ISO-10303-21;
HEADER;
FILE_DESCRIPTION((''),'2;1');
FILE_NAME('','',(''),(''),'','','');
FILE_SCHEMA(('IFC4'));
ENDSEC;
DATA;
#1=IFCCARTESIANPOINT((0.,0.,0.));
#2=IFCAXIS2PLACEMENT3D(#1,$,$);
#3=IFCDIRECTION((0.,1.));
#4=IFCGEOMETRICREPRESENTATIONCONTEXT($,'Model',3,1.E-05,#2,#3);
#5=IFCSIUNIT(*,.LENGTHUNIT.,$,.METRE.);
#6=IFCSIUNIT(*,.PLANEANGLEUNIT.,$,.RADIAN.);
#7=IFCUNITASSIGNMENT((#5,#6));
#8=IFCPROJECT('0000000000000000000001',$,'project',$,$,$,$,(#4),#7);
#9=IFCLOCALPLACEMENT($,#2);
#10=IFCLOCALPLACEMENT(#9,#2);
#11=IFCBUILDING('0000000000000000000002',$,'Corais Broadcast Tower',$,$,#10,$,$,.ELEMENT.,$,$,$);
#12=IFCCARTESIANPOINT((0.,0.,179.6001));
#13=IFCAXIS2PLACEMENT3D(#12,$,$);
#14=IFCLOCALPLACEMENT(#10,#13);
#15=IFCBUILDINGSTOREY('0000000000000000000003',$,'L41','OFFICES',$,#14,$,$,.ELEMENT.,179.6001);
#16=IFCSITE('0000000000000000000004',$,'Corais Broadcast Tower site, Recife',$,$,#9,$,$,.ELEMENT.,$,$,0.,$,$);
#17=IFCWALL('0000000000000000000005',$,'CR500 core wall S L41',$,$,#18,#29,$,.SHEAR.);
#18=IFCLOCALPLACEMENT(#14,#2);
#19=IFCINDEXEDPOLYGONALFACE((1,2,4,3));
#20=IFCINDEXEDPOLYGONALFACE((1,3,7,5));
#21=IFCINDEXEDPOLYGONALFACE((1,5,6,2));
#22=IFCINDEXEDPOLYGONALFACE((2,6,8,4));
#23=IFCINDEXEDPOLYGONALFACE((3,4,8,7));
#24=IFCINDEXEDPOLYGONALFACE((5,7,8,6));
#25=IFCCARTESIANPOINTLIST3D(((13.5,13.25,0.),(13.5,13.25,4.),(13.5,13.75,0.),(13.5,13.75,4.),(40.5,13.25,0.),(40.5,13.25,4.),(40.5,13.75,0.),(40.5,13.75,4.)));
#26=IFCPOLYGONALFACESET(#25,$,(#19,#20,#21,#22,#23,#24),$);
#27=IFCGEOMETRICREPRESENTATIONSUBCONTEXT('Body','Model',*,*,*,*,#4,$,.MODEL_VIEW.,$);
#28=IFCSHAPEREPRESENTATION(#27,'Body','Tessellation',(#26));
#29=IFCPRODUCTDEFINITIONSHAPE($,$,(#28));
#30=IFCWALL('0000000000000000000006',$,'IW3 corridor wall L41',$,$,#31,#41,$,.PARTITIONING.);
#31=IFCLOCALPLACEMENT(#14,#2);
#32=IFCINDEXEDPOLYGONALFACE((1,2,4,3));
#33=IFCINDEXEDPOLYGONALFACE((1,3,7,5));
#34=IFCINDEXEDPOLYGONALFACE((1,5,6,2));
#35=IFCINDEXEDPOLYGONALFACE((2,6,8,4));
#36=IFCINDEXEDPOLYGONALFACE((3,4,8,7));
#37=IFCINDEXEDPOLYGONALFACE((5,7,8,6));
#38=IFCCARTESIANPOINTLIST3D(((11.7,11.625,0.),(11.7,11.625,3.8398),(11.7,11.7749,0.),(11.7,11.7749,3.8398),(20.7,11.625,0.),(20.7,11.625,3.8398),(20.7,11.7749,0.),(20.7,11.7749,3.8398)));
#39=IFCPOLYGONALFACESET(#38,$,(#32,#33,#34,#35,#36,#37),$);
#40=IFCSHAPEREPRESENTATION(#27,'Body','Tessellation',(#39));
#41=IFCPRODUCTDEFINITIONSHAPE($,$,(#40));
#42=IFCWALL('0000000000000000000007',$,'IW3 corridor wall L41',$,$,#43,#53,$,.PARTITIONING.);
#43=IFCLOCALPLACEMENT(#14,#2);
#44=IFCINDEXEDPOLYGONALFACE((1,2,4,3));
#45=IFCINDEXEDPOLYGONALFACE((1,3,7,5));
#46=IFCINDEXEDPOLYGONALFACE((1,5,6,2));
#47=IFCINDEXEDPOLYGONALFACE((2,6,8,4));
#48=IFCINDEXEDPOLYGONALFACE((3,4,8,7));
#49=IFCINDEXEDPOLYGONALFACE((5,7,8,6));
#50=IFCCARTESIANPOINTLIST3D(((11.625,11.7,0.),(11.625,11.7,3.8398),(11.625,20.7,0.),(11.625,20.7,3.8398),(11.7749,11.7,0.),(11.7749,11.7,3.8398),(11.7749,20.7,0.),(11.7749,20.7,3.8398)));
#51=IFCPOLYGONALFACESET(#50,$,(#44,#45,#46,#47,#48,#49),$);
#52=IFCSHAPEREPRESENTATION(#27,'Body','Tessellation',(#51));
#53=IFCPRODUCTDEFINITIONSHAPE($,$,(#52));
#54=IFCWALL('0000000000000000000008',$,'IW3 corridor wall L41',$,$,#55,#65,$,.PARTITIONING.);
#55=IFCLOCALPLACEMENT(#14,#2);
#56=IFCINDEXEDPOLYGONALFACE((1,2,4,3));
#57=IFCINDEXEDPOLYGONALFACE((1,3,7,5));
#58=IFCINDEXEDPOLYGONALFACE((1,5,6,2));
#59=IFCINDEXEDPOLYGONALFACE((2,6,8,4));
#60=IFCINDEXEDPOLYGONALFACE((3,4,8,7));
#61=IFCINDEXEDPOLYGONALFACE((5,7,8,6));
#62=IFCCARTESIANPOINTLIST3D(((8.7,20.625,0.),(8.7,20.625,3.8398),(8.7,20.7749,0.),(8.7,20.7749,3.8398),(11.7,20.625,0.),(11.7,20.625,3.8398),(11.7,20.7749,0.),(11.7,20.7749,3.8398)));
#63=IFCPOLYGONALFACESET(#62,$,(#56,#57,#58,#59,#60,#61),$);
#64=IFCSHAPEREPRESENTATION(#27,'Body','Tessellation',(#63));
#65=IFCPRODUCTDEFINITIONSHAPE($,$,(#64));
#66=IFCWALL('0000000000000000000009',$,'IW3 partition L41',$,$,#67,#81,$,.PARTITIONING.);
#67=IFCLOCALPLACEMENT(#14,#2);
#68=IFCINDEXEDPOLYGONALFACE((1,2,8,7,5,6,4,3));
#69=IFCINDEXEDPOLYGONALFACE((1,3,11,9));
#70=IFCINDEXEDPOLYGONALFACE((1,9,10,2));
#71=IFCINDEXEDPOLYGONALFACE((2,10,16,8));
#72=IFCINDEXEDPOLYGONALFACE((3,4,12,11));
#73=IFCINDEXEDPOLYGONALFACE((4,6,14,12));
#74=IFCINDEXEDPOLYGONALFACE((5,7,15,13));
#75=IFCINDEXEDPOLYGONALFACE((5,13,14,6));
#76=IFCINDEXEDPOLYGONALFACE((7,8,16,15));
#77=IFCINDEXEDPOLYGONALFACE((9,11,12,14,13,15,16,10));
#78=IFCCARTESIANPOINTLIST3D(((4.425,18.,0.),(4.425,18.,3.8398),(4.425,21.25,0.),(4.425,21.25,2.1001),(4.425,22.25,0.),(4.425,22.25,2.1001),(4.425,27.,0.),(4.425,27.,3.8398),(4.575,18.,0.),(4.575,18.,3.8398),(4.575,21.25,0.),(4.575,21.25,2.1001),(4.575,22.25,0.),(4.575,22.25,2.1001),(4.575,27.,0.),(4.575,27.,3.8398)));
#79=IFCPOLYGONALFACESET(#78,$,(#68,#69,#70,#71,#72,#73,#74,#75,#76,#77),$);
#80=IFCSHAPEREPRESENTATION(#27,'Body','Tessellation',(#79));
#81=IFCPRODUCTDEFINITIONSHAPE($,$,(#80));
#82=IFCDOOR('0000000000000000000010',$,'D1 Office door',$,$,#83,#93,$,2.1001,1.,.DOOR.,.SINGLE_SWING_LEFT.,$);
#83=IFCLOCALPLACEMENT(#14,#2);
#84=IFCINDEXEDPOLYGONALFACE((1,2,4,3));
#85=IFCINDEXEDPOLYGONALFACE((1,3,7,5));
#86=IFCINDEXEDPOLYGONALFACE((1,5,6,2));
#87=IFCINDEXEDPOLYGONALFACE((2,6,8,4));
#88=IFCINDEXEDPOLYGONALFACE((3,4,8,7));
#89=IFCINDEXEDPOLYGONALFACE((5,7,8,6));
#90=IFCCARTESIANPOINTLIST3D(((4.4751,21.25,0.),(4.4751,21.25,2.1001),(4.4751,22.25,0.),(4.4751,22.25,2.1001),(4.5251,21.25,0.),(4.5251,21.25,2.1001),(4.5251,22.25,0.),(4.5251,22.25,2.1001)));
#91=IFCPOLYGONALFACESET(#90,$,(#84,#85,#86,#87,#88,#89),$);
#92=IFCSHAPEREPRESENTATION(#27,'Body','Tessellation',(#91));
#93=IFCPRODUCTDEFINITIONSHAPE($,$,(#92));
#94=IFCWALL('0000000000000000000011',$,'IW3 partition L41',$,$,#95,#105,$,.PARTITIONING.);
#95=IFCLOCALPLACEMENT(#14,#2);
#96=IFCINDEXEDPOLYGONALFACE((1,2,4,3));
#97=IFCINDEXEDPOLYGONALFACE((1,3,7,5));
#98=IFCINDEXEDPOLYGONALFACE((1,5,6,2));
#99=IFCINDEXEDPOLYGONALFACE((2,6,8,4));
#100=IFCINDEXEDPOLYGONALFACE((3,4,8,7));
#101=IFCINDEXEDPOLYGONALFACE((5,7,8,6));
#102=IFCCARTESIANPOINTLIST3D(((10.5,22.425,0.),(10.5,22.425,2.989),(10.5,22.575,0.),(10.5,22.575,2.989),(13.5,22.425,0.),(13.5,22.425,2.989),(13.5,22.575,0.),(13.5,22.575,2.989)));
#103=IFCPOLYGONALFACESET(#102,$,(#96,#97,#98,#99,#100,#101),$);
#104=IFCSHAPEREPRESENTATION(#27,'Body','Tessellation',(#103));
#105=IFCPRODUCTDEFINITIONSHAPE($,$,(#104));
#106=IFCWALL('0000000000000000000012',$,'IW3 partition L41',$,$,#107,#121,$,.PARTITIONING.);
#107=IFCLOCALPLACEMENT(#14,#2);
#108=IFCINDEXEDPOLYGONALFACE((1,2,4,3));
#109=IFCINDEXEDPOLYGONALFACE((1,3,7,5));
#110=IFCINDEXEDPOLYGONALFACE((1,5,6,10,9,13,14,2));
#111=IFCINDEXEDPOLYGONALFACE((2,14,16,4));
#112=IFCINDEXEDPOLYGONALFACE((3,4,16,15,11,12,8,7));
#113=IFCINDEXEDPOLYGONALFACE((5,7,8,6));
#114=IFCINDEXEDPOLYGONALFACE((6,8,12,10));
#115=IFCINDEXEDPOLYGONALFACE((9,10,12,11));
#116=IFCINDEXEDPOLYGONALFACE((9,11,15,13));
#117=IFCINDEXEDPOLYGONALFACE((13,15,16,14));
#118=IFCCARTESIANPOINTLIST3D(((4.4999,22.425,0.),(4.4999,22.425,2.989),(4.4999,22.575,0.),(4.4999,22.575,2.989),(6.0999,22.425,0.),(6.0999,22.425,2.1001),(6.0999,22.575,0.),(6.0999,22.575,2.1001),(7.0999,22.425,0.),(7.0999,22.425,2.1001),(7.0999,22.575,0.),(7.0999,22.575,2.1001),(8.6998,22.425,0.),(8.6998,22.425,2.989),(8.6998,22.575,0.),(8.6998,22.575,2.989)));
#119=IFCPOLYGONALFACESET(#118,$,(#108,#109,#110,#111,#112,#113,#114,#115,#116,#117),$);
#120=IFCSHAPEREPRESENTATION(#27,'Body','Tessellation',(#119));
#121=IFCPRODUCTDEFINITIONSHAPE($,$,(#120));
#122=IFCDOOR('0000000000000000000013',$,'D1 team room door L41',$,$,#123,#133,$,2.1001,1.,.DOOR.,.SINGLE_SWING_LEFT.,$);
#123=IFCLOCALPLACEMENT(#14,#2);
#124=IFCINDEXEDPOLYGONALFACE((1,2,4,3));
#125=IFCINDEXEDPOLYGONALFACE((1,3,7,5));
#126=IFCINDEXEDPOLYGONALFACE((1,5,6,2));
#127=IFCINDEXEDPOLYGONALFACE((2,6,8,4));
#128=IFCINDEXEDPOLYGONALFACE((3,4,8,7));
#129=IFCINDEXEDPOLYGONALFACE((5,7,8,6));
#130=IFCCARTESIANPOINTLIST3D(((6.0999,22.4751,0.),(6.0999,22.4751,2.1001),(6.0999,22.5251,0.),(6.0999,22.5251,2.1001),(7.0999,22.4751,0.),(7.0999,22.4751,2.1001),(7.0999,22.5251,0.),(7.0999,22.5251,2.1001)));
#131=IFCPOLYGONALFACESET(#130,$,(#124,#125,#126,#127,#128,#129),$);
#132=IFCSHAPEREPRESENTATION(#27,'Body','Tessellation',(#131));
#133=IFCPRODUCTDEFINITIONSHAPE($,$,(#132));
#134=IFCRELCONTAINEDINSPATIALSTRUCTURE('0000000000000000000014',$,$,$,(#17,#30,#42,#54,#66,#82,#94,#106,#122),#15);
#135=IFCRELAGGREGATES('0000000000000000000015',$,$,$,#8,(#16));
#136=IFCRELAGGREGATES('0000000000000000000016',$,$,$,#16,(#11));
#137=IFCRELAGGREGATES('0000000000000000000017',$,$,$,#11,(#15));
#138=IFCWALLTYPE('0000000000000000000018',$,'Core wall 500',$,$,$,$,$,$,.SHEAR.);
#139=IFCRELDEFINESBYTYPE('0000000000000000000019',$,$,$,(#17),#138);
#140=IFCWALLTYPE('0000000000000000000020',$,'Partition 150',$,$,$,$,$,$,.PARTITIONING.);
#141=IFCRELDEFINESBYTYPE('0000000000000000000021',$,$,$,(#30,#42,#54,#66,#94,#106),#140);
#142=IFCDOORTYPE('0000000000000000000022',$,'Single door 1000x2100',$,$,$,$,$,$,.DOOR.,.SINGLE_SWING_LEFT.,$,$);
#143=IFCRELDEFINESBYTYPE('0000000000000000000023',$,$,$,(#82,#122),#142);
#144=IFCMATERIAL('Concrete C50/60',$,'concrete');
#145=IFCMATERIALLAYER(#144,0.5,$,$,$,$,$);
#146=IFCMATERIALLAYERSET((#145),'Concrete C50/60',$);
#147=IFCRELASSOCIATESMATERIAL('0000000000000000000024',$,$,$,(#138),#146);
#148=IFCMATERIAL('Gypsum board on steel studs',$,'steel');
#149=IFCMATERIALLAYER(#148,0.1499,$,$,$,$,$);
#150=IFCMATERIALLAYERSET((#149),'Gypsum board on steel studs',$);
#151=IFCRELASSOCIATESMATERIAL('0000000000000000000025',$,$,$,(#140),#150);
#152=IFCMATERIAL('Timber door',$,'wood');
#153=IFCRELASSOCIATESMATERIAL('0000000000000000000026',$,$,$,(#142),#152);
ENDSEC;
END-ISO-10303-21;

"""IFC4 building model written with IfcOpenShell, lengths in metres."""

from ifc_helpers import new_model, si_unit, direction, frame, frame_2d, origin, place, context, subcontext, project, spatial, rectangle, extrude, material, layer, layer_set, type_object, element, fill, save


model = new_model("IFC4")

# Units and contexts
model_context = context("Model", 3, precision=1e-05, world=origin(), true_north=direction((0.0, 1.0)))
body_context = subcontext(model_context, "Body", "Model", "MODEL_VIEW")
ifc_project = project(units=[si_unit("LENGTHUNIT", "METRE"), si_unit("PLANEANGLEUNIT", "RADIAN")], contexts=[model_context])

# Site, building, storey
site_placement = place(None, origin())
site = spatial("IfcSite", under=ifc_project, at=site_placement, Name="Corais Broadcast Tower site, Recife", CompositionType="ELEMENT", RefElevation=0.0)
building_placement = place(site_placement, origin())
building = spatial("IfcBuilding", under=site, at=building_placement, Name="Corais Broadcast Tower", CompositionType="ELEMENT")
storey_placement = place(building_placement, frame((0.0, 0.0, 179.6001)))
storey = spatial("IfcBuildingStorey", under=building, at=storey_placement, Name="L41", Description="OFFICES", CompositionType="ELEMENT", Elevation=179.6001)

# Walls
ifc_material_1 = material(Name="Concrete C50/60", Category="concrete")
ifc_layer_1 = layer(ifc_material_1, 0.5)
ifc_layer_set_1 = layer_set([ifc_layer_1], Name="Concrete C50/60")
wall_type_1 = type_object("IfcWallType", Name="Core wall 500", PredefinedType="SHEAR", material=ifc_layer_set_1)
wall_1_placement = place(storey_placement, frame((13.5, 13.5, 0.0), z_axis=(0.0, 0.0, 1.0), x_axis=(1.0, 0.0, 0.0)))
element("IfcWall", 1, at=wall_1_placement, inside=storey, type_object=wall_type_1, Name="CR500 core wall S L41", PredefinedType="SHEAR", context=body_context, shape_type="SweptSolid", body=[
    extrude(rectangle(XDim=27.0, YDim=0.5, at=frame_2d((13.5, 0.0))), origin(), (0.0, 0.0, 1.0), 4.0),
])
ifc_material_2 = material(Name="Gypsum board on steel studs", Category="steel")
ifc_layer_2 = layer(ifc_material_2, 0.1499)
ifc_layer_set_2 = layer_set([ifc_layer_2], Name="Gypsum board on steel studs")
wall_type_2 = type_object("IfcWallType", Name="Partition 150", PredefinedType="PARTITIONING", material=ifc_layer_set_2)
for number, where, z_axis, x_axis, name in (
    (2, (11.7, 11.7, 0.0), (0.0, 0.0, 1.0), (1.0, 0.0, 0.0), "IW3 corridor wall L41"),
    (3, (11.7, 20.7, 0.0), (0.0, 0.0, 1.0), (0.0, -1.0, 0.0), "IW3 corridor wall L41"),
):
    element("IfcWall", number, at=place(storey_placement, frame(where, z_axis=z_axis, x_axis=x_axis)), inside=storey, type_object=wall_type_2, Name=name, PredefinedType="PARTITIONING", context=body_context, shape_type="SweptSolid", body=[
        extrude(rectangle(XDim=9.0, YDim=0.1499, at=frame_2d((4.5, 0.0))), origin(), (0.0, 0.0, 1.0), 3.8398),
    ])
wall_2_placement = place(storey_placement, frame((8.7, 20.7, 0.0), z_axis=(0.0, 0.0, 1.0), x_axis=(1.0, 0.0, 0.0)))
element("IfcWall", 4, at=wall_2_placement, inside=storey, type_object=wall_type_2, Name="IW3 corridor wall L41", PredefinedType="PARTITIONING", context=body_context, shape_type="SweptSolid", body=[
    extrude(rectangle(XDim=3.0, YDim=0.1499, at=frame_2d((1.5, 0.0))), origin(), (0.0, 0.0, 1.0), 3.8398),
])

# Wall, opening, door
wall_3_placement = place(storey_placement, frame((4.5, 18.0, 0.0), z_axis=(0.0, 0.0, 1.0), x_axis=(0.0, 1.0, 0.0)))
wall_3 = element("IfcWall", 5, at=wall_3_placement, inside=storey, type_object=wall_type_2, Name="IW3 partition L41", PredefinedType="PARTITIONING", context=body_context, shape_type="SweptSolid", body=[
    extrude(rectangle(XDim=9.0, YDim=0.1499, at=frame_2d((4.5, 0.0))), origin(), (0.0, 0.0, 1.0), 3.8398),
])
opening_1_placement = place(wall_3_placement, frame((3.25, 0.0, 0.0)))
opening_1 = element("IfcOpeningElement", 6, at=opening_1_placement, cuts=wall_3, PredefinedType="OPENING", context=body_context, shape_type="SweptSolid", body=[
    extrude(rectangle(XDim=1.0, YDim=2.1001, at=frame_2d((0.5, 1.05))), frame((0.0, 0.085, 0.0), z_axis=(0.0, -1.0, 0.0), x_axis=(1.0, 0.0, 0.0)), (0.0, 0.0, 1.0), 0.1699),
])
ifc_material_3 = material(Name="Timber door", Category="wood")
door_type_1 = type_object("IfcDoorType", Name="Single door 1000x2100", OperationType="SINGLE_SWING_LEFT", PredefinedType="DOOR", material=ifc_material_3)
door_1_placement = place(opening_1_placement, origin())
door_1 = element("IfcDoor", 7, at=door_1_placement, inside=storey, type_object=door_type_1, Name="D1 Office door", OperationType="SINGLE_SWING_LEFT", OverallHeight=2.1001, OverallWidth=1.0, PredefinedType="DOOR", context=body_context, shape_type="SweptSolid", body=[
    extrude(rectangle(XDim=1.0, YDim=2.1001, at=frame_2d((0.5, 1.05))), frame((0.0, 0.0249, 0.0), z_axis=(0.0, -1.0, 0.0), x_axis=(1.0, 0.0, 0.0)), (0.0, 0.0, 1.0), 0.05),
])
fill(opening_1, door_1)

# Wall
wall_4_placement = place(storey_placement, frame((10.5, 22.5, 0.0), z_axis=(0.0, 0.0, 1.0), x_axis=(1.0, 0.0, 0.0)))
element("IfcWall", 8, at=wall_4_placement, inside=storey, type_object=wall_type_2, Name="IW3 partition L41", PredefinedType="PARTITIONING", context=body_context, shape_type="SweptSolid", body=[
    extrude(rectangle(XDim=3.0, YDim=0.1499, at=frame_2d((1.5, 0.0))), origin(), (0.0, 0.0, 1.0), 2.989),
])

# Wall, opening, door
wall_5_placement = place(storey_placement, frame((8.7, 22.5, 0.0), z_axis=(0.0, 0.0, 1.0), x_axis=(-1.0, 0.0, 0.0)))
wall_5 = element("IfcWall", 9, at=wall_5_placement, inside=storey, type_object=wall_type_2, Name="IW3 partition L41", PredefinedType="PARTITIONING", context=body_context, shape_type="SweptSolid", body=[
    extrude(rectangle(XDim=4.2, YDim=0.1499, at=frame_2d((2.1001, 0.0))), origin(), (0.0, 0.0, 1.0), 2.989),
])
opening_2_placement = place(wall_5_placement, frame((1.6001, 0.0, 0.0)))
opening_2 = element("IfcOpeningElement", 10, at=opening_2_placement, cuts=wall_5, PredefinedType="OPENING", context=body_context, shape_type="SweptSolid", body=[
    extrude(rectangle(XDim=1.0, YDim=2.1001, at=frame_2d((0.5, 1.05))), frame((0.0, 0.085, 0.0), z_axis=(0.0, -1.0, 0.0), x_axis=(1.0, 0.0, 0.0)), (0.0, 0.0, 1.0), 0.1699),
])
door_2_placement = place(opening_2_placement, origin())
door_2 = element("IfcDoor", 11, at=door_2_placement, inside=storey, type_object=door_type_1, Name="D1 team room door L41", OperationType="SINGLE_SWING_LEFT", OverallHeight=2.1001, OverallWidth=1.0, PredefinedType="DOOR", context=body_context, shape_type="SweptSolid", body=[
    extrude(rectangle(XDim=1.0, YDim=2.1001, at=frame_2d((0.5, 1.05))), frame((0.0, 0.0249, 0.0), z_axis=(0.0, -1.0, 0.0), x_axis=(1.0, 0.0, 0.0)), (0.0, 0.0, 1.0), 0.05),
])
fill(opening_2, door_2)

save(model, "model.ifc")
